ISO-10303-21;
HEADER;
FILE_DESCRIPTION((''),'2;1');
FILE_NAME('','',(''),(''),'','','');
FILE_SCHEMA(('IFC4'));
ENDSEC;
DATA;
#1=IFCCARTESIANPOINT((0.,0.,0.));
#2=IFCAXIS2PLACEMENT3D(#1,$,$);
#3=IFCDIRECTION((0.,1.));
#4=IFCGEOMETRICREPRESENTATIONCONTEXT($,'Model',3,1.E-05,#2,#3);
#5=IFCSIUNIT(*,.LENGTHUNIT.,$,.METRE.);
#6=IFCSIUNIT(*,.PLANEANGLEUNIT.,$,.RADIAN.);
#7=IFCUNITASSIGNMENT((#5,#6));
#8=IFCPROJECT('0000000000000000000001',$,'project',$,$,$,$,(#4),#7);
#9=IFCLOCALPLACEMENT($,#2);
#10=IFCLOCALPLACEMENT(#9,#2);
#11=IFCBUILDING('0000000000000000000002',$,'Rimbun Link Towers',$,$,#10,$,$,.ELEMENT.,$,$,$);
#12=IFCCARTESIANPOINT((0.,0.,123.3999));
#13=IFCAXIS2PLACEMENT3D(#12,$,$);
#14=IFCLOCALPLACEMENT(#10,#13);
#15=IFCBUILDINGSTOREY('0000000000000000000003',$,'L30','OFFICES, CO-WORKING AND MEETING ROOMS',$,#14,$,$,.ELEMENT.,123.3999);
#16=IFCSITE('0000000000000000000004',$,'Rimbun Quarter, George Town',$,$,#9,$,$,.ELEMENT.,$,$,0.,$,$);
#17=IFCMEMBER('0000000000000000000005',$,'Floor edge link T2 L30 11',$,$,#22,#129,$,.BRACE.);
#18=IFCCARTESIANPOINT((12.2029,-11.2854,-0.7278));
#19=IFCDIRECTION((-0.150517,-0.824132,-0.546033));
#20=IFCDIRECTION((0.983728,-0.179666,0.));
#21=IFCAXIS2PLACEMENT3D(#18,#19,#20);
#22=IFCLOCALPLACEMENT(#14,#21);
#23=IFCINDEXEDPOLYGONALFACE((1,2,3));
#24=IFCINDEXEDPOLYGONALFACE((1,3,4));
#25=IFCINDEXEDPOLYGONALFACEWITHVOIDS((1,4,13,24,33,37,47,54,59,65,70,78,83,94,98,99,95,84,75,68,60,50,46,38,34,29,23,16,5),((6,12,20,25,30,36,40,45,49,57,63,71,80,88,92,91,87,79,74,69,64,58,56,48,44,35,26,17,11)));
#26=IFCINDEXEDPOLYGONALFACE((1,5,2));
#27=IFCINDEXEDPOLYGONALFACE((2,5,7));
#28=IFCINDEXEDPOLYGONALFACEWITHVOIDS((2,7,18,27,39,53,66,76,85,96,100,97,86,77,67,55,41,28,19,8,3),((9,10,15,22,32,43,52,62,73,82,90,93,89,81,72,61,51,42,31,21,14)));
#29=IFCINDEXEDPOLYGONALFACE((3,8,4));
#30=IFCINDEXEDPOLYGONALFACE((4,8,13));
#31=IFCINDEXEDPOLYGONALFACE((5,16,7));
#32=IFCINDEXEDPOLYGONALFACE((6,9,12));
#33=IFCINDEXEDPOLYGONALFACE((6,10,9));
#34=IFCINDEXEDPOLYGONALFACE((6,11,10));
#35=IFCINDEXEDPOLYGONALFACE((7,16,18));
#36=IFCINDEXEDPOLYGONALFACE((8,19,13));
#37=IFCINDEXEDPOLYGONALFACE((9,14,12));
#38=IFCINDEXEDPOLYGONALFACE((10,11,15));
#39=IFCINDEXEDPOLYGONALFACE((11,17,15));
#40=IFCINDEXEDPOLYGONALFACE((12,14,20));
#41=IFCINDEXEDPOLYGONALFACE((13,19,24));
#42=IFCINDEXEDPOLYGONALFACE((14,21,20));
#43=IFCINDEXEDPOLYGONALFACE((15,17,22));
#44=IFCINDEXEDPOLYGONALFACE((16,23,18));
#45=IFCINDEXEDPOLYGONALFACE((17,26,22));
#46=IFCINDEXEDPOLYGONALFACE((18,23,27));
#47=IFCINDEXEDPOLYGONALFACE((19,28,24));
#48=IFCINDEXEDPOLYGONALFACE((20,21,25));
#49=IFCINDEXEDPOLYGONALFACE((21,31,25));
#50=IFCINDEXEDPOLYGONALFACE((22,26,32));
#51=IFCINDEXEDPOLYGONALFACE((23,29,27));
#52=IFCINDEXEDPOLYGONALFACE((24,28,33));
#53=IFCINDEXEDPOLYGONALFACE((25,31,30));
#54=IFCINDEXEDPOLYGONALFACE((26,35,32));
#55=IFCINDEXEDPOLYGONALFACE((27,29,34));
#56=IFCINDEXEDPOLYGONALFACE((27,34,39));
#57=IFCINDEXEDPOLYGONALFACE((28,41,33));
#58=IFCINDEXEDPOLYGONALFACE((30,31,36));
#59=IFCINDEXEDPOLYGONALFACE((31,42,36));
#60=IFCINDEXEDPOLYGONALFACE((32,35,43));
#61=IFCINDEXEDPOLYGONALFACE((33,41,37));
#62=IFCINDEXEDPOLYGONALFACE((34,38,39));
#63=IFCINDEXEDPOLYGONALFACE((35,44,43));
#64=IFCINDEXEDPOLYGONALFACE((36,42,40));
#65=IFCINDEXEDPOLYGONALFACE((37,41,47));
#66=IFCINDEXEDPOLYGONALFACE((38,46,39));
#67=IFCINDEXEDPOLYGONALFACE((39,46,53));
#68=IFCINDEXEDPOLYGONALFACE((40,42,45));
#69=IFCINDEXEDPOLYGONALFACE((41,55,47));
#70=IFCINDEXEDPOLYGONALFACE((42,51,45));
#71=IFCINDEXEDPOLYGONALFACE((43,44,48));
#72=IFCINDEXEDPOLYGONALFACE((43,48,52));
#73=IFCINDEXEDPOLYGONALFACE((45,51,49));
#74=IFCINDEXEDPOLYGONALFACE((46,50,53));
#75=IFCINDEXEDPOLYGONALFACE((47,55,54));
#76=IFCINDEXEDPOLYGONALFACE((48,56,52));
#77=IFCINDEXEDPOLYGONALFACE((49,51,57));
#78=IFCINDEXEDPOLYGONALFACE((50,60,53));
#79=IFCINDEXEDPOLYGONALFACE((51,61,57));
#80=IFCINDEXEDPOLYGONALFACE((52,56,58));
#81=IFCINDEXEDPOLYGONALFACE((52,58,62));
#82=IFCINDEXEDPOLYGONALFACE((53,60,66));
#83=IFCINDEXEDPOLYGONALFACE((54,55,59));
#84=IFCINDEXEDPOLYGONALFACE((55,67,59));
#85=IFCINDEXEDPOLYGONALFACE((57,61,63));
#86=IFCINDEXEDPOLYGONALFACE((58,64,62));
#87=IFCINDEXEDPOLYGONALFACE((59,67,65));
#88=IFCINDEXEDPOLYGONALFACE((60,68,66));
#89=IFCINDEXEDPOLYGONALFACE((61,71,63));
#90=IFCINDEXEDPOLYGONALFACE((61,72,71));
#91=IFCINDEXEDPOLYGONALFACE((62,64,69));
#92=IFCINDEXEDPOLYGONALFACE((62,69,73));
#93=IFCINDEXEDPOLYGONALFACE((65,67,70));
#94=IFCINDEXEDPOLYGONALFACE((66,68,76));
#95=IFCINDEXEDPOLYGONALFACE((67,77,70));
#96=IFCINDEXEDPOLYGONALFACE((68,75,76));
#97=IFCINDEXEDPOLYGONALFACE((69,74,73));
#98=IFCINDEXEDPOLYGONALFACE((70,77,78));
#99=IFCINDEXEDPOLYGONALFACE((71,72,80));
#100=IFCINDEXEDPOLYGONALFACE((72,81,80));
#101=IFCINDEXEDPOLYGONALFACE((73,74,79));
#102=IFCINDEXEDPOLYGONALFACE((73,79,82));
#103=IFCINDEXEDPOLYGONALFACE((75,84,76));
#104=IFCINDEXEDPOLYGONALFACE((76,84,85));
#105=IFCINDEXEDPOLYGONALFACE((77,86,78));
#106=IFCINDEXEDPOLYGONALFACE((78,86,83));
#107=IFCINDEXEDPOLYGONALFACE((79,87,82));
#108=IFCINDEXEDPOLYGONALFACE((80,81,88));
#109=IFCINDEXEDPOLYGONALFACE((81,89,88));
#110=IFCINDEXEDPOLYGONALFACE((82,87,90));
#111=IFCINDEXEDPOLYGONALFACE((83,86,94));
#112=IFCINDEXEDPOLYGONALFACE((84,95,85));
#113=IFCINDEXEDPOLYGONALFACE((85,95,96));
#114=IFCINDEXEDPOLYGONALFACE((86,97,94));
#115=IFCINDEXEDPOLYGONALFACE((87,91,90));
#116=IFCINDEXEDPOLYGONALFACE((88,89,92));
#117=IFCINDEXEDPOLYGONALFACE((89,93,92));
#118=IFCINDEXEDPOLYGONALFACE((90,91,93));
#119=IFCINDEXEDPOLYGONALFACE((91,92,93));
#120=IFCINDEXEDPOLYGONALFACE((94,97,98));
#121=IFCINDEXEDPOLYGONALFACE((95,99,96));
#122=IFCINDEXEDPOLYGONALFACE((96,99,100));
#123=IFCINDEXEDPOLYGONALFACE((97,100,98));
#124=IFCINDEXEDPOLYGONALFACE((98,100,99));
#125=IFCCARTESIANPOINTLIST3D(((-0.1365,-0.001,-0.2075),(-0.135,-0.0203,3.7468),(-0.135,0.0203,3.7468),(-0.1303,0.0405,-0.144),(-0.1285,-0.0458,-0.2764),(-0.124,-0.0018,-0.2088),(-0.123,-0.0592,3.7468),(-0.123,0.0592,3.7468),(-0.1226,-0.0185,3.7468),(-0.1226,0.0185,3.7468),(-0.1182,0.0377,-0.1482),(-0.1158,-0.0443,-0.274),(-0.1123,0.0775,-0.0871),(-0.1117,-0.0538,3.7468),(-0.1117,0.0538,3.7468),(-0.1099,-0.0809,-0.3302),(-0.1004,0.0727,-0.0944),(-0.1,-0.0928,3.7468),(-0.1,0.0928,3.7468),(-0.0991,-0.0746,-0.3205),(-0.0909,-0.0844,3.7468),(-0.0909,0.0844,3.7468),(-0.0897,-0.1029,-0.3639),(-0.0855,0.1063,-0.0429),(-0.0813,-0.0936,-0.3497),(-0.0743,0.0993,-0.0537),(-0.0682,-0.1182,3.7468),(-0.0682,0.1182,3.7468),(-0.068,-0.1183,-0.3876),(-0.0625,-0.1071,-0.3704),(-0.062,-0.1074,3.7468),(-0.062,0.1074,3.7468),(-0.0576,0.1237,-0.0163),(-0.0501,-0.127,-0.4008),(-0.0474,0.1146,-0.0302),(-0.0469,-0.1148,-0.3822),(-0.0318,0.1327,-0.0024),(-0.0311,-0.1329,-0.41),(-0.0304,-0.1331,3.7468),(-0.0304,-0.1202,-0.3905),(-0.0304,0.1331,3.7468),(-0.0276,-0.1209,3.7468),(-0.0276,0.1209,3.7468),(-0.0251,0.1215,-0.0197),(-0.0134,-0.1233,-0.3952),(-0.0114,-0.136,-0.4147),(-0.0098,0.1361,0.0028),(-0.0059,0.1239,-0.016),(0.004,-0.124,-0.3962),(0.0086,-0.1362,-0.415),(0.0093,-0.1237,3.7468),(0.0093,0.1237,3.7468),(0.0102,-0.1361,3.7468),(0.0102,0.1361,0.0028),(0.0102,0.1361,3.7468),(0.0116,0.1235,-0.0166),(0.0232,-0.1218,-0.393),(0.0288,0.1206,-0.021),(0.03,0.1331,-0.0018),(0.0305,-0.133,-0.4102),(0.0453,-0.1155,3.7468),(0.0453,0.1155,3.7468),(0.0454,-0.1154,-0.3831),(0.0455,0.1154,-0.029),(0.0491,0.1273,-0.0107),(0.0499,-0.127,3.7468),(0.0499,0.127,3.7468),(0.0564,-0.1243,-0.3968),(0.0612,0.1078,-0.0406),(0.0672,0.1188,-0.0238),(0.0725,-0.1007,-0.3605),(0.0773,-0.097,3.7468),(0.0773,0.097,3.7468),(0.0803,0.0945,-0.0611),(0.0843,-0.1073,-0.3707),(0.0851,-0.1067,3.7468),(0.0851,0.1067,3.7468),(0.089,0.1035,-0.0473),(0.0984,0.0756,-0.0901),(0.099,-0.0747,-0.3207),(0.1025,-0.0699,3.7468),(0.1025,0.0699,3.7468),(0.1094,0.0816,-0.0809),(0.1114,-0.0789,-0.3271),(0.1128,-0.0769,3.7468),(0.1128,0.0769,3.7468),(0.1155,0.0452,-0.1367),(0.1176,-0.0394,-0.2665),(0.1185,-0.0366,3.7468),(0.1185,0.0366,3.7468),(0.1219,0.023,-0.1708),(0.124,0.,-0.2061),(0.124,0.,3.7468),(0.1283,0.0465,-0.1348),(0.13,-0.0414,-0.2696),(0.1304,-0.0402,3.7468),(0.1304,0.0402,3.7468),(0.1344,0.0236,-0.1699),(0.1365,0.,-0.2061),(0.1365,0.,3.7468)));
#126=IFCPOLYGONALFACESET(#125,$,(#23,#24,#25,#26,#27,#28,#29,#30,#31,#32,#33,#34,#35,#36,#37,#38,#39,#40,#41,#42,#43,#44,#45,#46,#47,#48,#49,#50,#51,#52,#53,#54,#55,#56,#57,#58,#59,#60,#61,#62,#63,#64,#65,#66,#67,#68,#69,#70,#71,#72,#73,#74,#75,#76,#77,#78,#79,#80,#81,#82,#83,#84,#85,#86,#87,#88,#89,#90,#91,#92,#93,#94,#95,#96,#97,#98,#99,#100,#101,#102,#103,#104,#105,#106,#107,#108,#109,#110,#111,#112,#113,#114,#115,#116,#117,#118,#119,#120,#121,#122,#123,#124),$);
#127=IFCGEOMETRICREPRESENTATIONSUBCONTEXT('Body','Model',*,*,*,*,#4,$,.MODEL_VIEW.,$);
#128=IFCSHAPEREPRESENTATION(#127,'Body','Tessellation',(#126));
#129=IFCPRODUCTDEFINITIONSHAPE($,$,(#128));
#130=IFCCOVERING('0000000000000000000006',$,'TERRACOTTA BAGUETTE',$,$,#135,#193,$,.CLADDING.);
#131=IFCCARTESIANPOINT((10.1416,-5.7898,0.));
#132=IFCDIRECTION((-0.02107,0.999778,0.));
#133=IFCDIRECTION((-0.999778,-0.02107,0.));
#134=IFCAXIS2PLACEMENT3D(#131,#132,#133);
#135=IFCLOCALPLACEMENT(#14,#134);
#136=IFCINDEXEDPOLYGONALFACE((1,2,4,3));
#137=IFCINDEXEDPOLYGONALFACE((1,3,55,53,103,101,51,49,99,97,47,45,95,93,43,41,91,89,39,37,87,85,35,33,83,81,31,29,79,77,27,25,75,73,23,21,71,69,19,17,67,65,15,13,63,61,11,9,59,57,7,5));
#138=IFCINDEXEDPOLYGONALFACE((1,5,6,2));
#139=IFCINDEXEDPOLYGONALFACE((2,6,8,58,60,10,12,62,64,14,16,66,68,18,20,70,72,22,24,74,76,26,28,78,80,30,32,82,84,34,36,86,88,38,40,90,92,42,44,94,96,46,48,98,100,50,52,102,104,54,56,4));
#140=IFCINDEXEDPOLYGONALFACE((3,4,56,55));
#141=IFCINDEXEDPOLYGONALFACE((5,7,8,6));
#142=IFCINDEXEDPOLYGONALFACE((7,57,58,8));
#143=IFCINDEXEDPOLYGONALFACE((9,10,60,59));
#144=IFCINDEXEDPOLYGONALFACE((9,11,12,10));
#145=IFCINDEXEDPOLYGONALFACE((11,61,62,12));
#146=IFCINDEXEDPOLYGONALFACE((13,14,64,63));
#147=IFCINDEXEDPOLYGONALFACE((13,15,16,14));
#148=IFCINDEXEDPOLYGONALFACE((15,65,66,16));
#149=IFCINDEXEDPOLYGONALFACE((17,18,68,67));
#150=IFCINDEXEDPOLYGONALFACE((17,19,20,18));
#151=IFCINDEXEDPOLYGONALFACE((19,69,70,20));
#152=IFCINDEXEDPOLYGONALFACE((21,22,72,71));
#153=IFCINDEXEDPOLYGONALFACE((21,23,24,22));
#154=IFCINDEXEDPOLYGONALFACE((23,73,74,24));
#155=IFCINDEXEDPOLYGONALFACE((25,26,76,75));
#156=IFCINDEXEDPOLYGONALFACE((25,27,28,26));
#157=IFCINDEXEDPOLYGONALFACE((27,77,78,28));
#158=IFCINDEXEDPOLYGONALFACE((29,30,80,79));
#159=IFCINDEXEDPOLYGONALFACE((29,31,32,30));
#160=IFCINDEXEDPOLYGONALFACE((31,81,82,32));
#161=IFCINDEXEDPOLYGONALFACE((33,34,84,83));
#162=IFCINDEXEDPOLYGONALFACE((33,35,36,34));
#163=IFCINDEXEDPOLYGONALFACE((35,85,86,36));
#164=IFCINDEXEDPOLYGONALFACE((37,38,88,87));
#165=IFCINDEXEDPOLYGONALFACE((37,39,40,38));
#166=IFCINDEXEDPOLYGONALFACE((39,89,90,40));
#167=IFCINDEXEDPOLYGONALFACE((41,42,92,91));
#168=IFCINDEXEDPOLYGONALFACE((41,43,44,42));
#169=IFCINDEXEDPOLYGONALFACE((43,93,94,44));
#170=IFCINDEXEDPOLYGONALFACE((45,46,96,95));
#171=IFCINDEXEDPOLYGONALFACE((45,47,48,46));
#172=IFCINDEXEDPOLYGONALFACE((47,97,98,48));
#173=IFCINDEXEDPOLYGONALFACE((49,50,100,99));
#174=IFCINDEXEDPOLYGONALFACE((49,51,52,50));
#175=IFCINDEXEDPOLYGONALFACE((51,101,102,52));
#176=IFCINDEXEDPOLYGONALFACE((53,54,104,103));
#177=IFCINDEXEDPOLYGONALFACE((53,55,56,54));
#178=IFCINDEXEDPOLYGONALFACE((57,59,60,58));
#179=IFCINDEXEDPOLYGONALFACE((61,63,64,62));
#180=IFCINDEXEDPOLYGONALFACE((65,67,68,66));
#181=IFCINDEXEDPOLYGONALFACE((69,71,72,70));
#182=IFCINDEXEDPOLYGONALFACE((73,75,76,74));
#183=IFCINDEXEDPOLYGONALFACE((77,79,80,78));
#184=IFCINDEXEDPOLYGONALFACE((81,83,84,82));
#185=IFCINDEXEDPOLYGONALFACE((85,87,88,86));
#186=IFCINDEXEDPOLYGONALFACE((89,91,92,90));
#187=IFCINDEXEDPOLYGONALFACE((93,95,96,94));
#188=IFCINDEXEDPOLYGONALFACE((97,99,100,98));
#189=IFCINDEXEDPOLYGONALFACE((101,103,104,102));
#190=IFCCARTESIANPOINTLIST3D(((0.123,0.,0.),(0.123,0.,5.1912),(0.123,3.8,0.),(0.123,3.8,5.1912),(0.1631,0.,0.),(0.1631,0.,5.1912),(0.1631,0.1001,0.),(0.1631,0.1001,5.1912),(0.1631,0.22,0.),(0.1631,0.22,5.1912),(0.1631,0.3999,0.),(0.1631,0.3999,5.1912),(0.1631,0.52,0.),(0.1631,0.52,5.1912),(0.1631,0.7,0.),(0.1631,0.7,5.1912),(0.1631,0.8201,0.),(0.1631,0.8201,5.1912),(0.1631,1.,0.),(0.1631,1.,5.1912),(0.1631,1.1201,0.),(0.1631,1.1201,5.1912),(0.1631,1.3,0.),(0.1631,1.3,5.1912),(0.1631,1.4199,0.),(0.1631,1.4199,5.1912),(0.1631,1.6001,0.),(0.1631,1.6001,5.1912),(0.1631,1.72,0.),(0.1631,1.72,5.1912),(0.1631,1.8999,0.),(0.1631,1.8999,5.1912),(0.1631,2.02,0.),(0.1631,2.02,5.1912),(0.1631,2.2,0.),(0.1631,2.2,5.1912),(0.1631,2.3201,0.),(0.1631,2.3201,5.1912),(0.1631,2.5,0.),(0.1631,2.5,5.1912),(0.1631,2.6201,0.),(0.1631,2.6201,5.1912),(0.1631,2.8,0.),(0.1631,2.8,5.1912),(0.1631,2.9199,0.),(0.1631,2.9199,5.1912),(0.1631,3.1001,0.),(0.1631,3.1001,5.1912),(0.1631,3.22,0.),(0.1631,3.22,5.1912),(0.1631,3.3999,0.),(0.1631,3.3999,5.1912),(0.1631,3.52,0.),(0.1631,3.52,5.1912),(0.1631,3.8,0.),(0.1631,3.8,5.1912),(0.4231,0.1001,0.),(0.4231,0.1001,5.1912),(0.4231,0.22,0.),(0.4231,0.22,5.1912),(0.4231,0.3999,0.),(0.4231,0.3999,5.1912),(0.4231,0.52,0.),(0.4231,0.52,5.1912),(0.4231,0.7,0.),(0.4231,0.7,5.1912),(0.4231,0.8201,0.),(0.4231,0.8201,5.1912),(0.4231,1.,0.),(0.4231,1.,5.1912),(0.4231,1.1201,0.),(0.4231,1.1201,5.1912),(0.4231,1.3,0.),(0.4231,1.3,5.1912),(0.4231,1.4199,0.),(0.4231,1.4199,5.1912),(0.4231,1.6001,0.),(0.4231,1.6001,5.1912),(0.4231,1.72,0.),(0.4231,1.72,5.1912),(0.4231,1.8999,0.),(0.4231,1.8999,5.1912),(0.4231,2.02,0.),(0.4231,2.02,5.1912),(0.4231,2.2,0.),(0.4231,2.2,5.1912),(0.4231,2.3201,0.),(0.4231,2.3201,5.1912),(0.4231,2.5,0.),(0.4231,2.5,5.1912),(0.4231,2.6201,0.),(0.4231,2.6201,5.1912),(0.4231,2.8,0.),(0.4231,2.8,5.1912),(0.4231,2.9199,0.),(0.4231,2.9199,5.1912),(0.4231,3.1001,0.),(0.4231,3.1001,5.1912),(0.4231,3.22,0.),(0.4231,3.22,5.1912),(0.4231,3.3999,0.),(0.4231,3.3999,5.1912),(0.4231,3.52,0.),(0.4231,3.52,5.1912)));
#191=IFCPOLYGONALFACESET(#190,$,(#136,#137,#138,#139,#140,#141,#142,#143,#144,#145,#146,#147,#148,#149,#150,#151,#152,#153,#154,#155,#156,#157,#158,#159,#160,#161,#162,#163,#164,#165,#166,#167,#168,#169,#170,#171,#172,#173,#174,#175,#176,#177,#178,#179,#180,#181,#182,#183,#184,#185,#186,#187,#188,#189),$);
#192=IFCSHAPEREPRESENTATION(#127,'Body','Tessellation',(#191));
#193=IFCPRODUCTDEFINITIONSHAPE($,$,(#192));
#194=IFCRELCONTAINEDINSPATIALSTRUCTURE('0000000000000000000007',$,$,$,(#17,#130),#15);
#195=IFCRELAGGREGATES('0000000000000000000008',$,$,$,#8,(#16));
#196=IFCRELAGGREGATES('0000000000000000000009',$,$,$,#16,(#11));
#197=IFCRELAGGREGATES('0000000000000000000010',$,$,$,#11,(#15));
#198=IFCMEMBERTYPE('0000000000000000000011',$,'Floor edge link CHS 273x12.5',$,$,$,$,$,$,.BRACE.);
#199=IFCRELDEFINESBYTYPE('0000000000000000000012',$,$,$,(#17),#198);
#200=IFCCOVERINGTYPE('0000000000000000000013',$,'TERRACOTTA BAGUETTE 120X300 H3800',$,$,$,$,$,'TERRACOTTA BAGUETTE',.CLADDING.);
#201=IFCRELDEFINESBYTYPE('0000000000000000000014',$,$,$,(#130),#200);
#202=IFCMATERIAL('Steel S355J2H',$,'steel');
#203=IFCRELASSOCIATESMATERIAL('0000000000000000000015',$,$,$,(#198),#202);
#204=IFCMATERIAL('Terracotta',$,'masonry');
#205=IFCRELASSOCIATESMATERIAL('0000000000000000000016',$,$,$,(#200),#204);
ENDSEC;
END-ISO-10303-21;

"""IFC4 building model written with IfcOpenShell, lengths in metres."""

from ifc_helpers import new_model, si_unit, direction, frame, origin, origin_2d, place, context, subcontext, project, spatial, polyline, hollow_circle, outline, extrude, clip, halfspace, material, material_profile, profile_set, type_object, element, save


model = new_model("IFC4")

# Units and contexts
model_context = context("Model", 3, precision=1e-05, world=origin(), true_north=direction((0.0, 1.0)))
body_context = subcontext(model_context, "Body", "Model", "MODEL_VIEW")
ifc_project = project(units=[si_unit("LENGTHUNIT", "METRE"), si_unit("PLANEANGLEUNIT", "RADIAN")], contexts=[model_context])

# Site, building, storey
site_placement = place(None, origin())
site = spatial("IfcSite", under=ifc_project, at=site_placement, Name="Rimbun Quarter, George Town", CompositionType="ELEMENT", RefElevation=0.0)
building_placement = place(site_placement, origin())
building = spatial("IfcBuilding", under=site, at=building_placement, Name="Rimbun Link Towers", CompositionType="ELEMENT")
storey_placement = place(building_placement, frame((0.0, 0.0, 123.3999)))
storey = spatial("IfcBuildingStorey", under=building, at=storey_placement, Name="L30", Description="OFFICES, CO-WORKING AND MEETING ROOMS", CompositionType="ELEMENT", Elevation=123.3999)

# Member
ifc_material_1 = material(Name="Steel S355J2H", Category="steel")
ifc_material_profile_1 = material_profile(ifc_material_1, hollow_circle(Radius=0.1365, WallThickness=0.0125, at=origin_2d()), Name="CHS 273x12.5")
ifc_profile_set_1 = profile_set([ifc_material_profile_1], Name="Steel S355J2H")
member_type_1 = type_object("IfcMemberType", Name="Floor edge link CHS 273x12.5", PredefinedType="BRACE", material=ifc_profile_set_1)
member_1_placement = place(storey_placement, frame((12.2029, -11.2854, -0.7278), z_axis=(-0.150517, -0.824132, -0.546033), x_axis=(0.983728, -0.179666, 0.0)))
element("IfcMember", 1, at=member_1_placement, inside=storey, type_object=member_type_1, Name="Floor edge link T2 L30 11", PredefinedType="BRACE", context=body_context, shape_type="Clipping", body=[
    clip(extrude(hollow_circle(Radius=0.1365, WallThickness=0.0125, at=origin_2d()), frame((0.0, 0.0, -0.4373)), (0.0, 0.0, 1.0), 4.1841), halfspace(frame((0.0, 0.0, -0.2061), z_axis=(0.0, 0.837764, -0.546033)), False)),
])

# Covering
ifc_material_2 = material(Name="Terracotta", Category="masonry")
ifc_material_profile_2 = material_profile(ifc_material_2, outline(polyline([(0.123, 0.0), (0.1631, 0.0), (0.1631, 0.1001), (0.4231, 0.1001), (0.4231, 0.22), (0.1631, 0.22), (0.1631, 0.3999), (0.4231, 0.3999), (0.4231, 0.52), (0.1631, 0.52), (0.1631, 0.7), (0.4231, 0.7), (0.4231, 0.8201), (0.1631, 0.8201), (0.1631, 1.0), (0.4231, 1.0), (0.4231, 1.1201), (0.1631, 1.1201), (0.1631, 1.3), (0.4231, 1.3), (0.4231, 1.4199), (0.1631, 1.4199), (0.1631, 1.6001), (0.4231, 1.6001), (0.4231, 1.72), (0.1631, 1.72), (0.1631, 1.8999), (0.4231, 1.8999), (0.4231, 2.02), (0.1631, 2.02), (0.1631, 2.2), (0.4231, 2.2), (0.4231, 2.3201), (0.1631, 2.3201), (0.1631, 2.5), (0.4231, 2.5), (0.4231, 2.6201), (0.1631, 2.6201), (0.1631, 2.8), (0.4231, 2.8), (0.4231, 2.9199), (0.1631, 2.9199), (0.1631, 3.1001), (0.4231, 3.1001), (0.4231, 3.22), (0.1631, 3.22), (0.1631, 3.3999), (0.4231, 3.3999), (0.4231, 3.52), (0.1631, 3.52), (0.1631, 3.8), (0.123, 3.8), (0.123, 0.0)])), Name="BAGUETTE 120X300")
ifc_profile_set_2 = profile_set([ifc_material_profile_2], Name="Terracotta")
covering_type_1 = type_object("IfcCoveringType", Name="TERRACOTTA BAGUETTE 120X300 H3800", ElementType="TERRACOTTA BAGUETTE", PredefinedType="CLADDING", material=ifc_profile_set_2)
covering_1_placement = place(storey_placement, frame((10.1416, -5.7898, 0.0), z_axis=(-0.02107, 0.999778, 0.0), x_axis=(-0.999778, -0.02107, 0.0)))
element("IfcCovering", 2, at=covering_1_placement, inside=storey, type_object=covering_type_1, Name="TERRACOTTA BAGUETTE", PredefinedType="CLADDING", context=body_context, shape_type="SweptSolid", body=[
    extrude(outline(polyline([(0.123, 0.0), (0.1631, 0.0), (0.1631, 0.1001), (0.4231, 0.1001), (0.4231, 0.22), (0.1631, 0.22), (0.1631, 0.3999), (0.4231, 0.3999), (0.4231, 0.52), (0.1631, 0.52), (0.1631, 0.7), (0.4231, 0.7), (0.4231, 0.8201), (0.1631, 0.8201), (0.1631, 1.0), (0.4231, 1.0), (0.4231, 1.1201), (0.1631, 1.1201), (0.1631, 1.3), (0.4231, 1.3), (0.4231, 1.4199), (0.1631, 1.4199), (0.1631, 1.6001), (0.4231, 1.6001), (0.4231, 1.72), (0.1631, 1.72), (0.1631, 1.8999), (0.4231, 1.8999), (0.4231, 2.02), (0.1631, 2.02), (0.1631, 2.2), (0.4231, 2.2), (0.4231, 2.3201), (0.1631, 2.3201), (0.1631, 2.5), (0.4231, 2.5), (0.4231, 2.6201), (0.1631, 2.6201), (0.1631, 2.8), (0.4231, 2.8), (0.4231, 2.9199), (0.1631, 2.9199), (0.1631, 3.1001), (0.4231, 3.1001), (0.4231, 3.22), (0.1631, 3.22), (0.1631, 3.3999), (0.4231, 3.3999), (0.4231, 3.52), (0.1631, 3.52), (0.1631, 3.8), (0.123, 3.8), (0.123, 0.0)])), origin(), (0.0, 0.0, 1.0), 5.1912),
])

save(model, "model.ifc")
